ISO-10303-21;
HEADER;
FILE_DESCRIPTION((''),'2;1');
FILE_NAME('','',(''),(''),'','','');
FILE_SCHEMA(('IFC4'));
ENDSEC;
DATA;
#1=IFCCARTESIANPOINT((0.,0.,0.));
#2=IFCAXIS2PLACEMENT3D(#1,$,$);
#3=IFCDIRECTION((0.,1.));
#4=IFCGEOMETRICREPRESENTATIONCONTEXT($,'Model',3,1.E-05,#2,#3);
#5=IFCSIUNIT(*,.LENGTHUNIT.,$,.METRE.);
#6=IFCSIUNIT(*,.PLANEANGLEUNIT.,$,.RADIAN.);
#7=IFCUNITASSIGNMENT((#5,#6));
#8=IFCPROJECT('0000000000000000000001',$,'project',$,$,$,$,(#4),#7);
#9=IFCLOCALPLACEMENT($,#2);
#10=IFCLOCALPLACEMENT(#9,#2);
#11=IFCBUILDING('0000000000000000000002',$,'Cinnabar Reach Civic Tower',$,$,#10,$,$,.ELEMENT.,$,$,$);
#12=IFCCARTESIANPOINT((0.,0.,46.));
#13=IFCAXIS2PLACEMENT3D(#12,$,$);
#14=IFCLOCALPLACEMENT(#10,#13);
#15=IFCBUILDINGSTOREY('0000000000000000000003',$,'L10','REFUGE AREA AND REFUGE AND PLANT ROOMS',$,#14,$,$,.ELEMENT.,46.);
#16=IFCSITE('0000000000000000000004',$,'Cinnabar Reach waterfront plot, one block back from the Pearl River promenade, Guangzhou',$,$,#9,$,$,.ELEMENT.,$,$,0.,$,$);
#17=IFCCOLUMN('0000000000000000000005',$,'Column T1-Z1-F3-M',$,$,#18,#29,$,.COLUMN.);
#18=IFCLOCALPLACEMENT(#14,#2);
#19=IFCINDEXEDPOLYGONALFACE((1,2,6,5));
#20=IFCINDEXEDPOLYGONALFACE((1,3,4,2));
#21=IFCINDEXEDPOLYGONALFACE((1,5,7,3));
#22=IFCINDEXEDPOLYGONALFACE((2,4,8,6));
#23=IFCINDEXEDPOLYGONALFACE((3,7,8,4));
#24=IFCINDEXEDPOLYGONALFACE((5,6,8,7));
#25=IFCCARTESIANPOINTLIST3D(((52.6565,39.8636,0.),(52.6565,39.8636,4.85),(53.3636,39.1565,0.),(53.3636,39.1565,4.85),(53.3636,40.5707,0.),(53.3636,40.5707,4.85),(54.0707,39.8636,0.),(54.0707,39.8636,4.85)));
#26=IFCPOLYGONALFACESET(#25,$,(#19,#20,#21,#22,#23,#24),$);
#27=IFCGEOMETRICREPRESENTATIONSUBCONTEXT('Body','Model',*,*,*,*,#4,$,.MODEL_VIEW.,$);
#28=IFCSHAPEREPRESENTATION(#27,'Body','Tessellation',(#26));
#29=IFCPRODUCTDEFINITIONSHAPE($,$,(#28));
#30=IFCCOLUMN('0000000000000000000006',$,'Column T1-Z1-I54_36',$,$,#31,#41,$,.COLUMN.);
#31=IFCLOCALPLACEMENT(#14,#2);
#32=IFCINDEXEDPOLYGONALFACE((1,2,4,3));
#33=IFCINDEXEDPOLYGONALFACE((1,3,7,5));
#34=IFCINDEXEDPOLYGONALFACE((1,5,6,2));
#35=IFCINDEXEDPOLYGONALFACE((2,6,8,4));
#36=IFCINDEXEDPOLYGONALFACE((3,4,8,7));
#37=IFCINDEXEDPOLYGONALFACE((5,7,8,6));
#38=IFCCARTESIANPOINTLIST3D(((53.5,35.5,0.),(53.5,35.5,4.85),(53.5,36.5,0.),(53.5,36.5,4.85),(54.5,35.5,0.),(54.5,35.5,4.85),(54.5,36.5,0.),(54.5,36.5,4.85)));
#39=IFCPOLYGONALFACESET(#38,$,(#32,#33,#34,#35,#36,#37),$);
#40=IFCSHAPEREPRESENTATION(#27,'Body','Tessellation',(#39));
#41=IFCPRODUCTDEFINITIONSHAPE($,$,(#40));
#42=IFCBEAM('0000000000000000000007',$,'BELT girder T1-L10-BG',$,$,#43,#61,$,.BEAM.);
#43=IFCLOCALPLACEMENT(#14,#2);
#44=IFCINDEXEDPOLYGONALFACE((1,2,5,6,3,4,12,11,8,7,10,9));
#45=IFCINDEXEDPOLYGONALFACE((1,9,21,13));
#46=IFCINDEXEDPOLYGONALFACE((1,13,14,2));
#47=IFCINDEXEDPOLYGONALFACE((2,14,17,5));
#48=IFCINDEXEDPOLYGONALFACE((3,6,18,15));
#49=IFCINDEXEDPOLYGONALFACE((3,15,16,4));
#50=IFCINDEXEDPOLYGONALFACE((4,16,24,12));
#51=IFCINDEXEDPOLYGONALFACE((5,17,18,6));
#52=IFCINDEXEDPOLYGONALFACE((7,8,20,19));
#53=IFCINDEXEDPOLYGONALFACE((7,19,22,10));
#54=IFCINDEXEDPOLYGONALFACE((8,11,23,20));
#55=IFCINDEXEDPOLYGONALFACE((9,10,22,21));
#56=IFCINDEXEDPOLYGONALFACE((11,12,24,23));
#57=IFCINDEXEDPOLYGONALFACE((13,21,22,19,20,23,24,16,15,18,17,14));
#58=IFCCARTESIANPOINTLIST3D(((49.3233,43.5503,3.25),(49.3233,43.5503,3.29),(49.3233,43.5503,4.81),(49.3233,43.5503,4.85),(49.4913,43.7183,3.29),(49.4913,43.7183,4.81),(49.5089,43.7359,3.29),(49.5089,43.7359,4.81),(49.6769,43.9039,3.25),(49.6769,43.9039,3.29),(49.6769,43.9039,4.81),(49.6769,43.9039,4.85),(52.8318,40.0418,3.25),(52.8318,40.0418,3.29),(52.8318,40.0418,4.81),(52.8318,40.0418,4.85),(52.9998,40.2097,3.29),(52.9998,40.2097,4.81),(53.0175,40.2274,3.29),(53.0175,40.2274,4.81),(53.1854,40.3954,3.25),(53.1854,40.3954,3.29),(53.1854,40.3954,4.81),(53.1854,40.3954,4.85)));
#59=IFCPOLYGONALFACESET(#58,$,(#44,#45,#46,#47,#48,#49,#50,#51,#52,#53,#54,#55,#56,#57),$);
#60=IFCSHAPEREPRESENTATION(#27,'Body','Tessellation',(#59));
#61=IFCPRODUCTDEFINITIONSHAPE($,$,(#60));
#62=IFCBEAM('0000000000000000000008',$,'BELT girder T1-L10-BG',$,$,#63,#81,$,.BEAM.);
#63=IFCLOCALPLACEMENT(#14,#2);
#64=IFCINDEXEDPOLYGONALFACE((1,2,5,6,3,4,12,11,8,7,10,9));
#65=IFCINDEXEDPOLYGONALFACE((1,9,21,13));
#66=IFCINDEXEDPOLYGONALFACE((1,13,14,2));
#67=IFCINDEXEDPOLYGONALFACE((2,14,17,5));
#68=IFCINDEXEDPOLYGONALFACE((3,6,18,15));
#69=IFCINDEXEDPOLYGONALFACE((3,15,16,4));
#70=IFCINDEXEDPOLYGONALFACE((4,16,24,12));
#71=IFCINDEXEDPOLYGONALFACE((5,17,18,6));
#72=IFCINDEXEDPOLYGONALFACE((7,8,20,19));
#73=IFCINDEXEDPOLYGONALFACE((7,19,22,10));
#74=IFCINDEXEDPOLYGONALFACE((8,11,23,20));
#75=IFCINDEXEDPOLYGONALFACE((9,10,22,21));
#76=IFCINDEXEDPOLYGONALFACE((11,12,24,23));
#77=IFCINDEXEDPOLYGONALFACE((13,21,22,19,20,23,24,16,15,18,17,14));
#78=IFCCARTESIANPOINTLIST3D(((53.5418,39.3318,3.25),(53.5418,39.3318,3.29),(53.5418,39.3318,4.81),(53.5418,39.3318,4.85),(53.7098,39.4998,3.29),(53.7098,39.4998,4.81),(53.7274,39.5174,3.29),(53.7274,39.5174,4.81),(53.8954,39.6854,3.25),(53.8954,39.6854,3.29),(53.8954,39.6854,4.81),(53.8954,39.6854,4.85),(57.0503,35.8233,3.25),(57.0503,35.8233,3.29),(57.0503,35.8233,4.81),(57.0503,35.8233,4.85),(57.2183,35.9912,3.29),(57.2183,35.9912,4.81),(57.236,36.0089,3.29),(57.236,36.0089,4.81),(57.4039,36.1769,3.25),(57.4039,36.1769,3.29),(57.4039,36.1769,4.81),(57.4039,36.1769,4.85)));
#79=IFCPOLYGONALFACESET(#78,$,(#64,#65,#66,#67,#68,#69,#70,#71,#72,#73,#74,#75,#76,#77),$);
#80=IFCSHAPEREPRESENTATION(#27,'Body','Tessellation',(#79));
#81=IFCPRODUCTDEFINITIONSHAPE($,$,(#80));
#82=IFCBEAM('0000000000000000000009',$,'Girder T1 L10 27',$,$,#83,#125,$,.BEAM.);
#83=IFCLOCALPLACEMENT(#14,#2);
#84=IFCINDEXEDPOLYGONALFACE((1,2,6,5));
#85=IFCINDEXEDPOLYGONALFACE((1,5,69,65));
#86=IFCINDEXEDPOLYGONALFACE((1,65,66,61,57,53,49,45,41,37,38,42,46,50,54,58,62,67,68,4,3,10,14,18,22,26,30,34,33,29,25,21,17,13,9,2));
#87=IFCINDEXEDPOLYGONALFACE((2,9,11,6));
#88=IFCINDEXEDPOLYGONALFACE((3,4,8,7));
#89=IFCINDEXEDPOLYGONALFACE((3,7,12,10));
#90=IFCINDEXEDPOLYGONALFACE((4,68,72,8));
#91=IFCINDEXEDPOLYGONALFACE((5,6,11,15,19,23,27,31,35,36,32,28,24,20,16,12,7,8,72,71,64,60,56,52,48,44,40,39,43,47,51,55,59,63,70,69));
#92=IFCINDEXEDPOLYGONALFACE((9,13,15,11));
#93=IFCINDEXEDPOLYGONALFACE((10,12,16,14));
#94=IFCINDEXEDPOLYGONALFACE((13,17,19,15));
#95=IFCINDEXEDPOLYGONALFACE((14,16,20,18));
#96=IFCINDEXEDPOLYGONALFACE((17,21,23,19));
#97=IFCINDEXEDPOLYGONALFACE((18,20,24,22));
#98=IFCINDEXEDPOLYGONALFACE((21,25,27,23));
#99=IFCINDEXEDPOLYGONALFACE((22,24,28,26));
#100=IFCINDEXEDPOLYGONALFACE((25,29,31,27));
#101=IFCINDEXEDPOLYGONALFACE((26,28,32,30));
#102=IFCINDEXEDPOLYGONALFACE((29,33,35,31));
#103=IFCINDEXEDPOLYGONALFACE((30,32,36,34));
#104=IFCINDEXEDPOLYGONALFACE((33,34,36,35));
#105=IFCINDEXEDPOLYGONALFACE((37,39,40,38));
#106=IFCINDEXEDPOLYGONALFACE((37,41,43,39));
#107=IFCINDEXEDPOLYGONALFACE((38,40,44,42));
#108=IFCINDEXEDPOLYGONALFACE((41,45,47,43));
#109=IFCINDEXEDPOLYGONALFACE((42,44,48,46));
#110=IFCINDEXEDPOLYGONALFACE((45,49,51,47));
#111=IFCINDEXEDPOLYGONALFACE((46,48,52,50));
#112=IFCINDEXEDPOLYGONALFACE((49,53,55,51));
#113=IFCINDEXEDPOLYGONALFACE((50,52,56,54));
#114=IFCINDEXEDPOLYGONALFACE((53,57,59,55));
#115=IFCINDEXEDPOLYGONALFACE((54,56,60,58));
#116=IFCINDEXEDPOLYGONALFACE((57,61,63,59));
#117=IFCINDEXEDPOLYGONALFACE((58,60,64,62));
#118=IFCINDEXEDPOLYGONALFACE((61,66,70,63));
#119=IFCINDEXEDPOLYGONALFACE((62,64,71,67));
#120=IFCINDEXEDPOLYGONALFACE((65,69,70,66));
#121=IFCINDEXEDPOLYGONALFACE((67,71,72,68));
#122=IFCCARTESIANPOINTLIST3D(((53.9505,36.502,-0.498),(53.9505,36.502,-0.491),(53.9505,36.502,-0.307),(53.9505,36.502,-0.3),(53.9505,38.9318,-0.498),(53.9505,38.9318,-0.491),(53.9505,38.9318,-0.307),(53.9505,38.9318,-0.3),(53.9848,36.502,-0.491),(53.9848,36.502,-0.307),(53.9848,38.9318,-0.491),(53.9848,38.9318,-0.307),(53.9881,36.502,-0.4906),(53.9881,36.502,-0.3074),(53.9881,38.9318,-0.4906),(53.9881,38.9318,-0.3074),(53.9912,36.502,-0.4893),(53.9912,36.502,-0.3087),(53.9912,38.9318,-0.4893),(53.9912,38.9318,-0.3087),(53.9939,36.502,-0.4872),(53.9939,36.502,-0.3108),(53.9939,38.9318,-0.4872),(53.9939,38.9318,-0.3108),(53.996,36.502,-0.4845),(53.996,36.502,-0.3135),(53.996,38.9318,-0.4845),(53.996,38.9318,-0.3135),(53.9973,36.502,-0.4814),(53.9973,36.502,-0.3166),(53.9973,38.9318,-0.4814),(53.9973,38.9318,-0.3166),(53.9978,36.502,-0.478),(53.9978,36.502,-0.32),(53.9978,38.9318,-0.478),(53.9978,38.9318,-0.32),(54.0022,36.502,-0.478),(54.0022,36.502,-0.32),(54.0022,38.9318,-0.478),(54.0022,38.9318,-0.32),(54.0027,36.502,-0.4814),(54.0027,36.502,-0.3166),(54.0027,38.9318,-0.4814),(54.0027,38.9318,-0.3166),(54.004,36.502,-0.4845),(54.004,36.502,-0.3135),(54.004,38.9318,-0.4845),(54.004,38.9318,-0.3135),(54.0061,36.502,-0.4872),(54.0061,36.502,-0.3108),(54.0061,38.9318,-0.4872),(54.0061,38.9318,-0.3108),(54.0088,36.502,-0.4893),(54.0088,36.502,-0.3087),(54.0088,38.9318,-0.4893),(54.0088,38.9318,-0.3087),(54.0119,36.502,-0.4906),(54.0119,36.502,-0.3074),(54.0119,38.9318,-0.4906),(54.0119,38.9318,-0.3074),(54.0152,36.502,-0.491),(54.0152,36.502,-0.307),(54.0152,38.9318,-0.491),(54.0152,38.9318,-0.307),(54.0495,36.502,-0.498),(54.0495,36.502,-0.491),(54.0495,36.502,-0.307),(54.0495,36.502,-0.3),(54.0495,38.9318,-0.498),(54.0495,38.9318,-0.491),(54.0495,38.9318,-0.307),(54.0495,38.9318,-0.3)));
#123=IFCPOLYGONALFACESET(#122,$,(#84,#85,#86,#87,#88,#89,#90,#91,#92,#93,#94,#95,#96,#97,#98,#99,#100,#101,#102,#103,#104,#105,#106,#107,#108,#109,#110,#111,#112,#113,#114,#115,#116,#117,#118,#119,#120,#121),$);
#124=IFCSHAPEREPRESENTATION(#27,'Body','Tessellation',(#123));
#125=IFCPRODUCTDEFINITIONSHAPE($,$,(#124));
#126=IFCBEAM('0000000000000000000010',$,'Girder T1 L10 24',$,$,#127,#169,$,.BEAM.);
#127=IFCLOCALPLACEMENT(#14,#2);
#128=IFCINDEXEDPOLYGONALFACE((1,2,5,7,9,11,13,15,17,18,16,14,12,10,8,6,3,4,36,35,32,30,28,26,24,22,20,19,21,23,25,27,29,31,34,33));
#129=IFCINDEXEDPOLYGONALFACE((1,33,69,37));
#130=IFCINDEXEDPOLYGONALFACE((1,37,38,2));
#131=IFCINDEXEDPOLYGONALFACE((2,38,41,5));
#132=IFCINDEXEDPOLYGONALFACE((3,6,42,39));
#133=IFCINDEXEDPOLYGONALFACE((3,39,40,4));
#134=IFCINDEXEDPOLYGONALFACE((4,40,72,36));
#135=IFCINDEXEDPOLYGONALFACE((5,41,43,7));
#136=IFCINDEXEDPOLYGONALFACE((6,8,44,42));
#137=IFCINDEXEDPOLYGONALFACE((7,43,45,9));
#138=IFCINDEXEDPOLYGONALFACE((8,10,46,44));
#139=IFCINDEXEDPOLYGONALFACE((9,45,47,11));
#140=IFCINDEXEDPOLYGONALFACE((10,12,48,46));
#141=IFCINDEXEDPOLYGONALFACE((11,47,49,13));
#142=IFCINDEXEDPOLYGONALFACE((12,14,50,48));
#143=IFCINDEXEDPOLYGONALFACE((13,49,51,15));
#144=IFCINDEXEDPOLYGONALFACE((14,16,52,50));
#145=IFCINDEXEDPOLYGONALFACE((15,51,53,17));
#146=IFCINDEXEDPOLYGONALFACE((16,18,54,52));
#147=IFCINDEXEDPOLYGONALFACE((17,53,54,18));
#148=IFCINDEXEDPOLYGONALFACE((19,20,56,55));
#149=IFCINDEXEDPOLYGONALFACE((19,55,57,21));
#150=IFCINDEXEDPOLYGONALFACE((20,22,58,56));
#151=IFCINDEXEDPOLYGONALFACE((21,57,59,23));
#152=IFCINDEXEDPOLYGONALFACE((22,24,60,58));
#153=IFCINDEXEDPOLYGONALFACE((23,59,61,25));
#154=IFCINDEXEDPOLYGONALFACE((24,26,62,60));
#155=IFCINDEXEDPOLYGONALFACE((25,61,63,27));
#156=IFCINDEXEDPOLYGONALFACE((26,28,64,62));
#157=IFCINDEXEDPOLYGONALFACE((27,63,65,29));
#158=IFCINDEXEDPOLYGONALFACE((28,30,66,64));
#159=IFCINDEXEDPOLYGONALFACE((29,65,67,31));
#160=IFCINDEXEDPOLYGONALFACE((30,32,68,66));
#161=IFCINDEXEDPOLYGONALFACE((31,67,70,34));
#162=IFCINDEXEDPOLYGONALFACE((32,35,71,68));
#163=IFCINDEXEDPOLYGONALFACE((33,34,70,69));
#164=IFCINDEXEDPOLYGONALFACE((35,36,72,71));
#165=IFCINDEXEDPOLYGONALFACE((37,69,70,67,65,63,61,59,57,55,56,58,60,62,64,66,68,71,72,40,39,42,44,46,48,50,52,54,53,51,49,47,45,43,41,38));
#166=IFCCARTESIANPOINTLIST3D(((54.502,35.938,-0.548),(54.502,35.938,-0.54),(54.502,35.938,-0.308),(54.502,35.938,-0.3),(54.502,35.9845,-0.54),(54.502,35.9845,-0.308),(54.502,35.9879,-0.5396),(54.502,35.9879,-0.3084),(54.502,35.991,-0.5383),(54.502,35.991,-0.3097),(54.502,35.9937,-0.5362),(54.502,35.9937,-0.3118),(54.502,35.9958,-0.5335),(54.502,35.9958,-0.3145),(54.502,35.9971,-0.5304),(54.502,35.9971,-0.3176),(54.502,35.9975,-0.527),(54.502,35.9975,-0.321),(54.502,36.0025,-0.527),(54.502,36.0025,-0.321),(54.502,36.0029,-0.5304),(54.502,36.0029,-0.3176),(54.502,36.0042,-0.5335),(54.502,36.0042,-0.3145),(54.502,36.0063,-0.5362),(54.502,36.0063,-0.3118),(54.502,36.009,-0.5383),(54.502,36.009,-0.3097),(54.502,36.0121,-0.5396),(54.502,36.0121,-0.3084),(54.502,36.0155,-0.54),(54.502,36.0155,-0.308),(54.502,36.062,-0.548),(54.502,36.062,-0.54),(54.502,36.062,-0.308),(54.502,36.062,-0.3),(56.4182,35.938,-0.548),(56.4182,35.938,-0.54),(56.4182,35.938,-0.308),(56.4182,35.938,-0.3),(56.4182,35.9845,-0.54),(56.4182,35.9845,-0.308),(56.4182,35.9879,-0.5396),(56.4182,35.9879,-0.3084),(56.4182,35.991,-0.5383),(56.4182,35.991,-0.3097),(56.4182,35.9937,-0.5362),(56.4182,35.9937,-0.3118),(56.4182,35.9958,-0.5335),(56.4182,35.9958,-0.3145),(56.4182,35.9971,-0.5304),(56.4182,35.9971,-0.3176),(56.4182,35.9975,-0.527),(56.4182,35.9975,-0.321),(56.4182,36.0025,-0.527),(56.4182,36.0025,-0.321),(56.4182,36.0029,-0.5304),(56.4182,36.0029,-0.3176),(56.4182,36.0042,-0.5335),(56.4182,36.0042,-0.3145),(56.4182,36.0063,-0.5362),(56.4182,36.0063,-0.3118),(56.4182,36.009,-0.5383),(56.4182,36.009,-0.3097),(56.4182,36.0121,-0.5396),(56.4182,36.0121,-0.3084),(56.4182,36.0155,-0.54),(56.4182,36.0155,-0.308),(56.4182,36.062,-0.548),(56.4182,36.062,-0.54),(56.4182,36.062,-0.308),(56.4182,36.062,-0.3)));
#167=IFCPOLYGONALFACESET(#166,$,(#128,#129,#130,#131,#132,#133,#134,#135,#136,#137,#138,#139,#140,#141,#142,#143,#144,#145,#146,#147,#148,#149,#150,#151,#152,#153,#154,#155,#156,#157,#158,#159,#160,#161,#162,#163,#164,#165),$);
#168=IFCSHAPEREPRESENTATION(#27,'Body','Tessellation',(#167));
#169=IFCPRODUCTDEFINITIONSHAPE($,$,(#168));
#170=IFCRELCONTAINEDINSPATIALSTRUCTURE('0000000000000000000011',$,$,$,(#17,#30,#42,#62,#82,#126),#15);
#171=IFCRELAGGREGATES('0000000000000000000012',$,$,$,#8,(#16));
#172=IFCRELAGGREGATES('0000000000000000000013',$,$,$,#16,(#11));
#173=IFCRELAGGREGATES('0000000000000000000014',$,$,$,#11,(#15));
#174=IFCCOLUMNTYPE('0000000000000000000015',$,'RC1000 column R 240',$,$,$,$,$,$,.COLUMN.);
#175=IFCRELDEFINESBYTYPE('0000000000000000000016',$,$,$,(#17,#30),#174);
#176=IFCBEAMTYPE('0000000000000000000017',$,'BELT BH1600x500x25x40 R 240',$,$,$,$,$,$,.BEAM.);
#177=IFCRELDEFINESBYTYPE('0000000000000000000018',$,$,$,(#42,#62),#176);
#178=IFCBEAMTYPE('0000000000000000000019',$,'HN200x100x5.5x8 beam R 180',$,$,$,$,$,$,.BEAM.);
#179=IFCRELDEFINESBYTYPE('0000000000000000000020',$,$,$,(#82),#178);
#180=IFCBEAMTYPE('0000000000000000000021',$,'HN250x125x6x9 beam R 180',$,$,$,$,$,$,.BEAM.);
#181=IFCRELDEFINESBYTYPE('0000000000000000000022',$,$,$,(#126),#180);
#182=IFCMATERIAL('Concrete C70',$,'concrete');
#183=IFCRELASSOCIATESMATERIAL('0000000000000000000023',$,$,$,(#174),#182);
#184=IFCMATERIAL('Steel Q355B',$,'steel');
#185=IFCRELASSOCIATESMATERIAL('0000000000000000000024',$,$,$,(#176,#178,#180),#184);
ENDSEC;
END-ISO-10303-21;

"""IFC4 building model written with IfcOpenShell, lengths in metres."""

from ifc_helpers import new_model, si_unit, direction, frame, origin, origin_2d, place, context, subcontext, project, spatial, rectangle, i_section, extrude, material, material_profile, profile_set, type_object, element, save


model = new_model("IFC4")

# Units and contexts
model_context = context("Model", 3, precision=1e-05, world=origin(), true_north=direction((0.0, 1.0)))
body_context = subcontext(model_context, "Body", "Model", "MODEL_VIEW")
ifc_project = project(units=[si_unit("LENGTHUNIT", "METRE"), si_unit("PLANEANGLEUNIT", "RADIAN")], contexts=[model_context])

# Site, building, storey
site_placement = place(None, origin())
site = spatial("IfcSite", under=ifc_project, at=site_placement, Name="Cinnabar Reach waterfront plot, one block back from the Pearl River promenade, Guangzhou", CompositionType="ELEMENT", RefElevation=0.0)
building_placement = place(site_placement, origin())
building = spatial("IfcBuilding", under=site, at=building_placement, Name="Cinnabar Reach Civic Tower", CompositionType="ELEMENT")
storey_placement = place(building_placement, frame((0.0, 0.0, 46.0)))
storey = spatial("IfcBuildingStorey", under=building, at=storey_placement, Name="L10", Description="REFUGE AREA AND REFUGE AND PLANT ROOMS", CompositionType="ELEMENT", Elevation=46.0)

# Columns
ifc_material_1 = material(Name="Concrete C70", Category="concrete")
ifc_material_profile_1 = material_profile(ifc_material_1, rectangle(XDim=1.0, YDim=1.0, at=origin_2d()), Name="RC1000")
ifc_profile_set_1 = profile_set([ifc_material_profile_1], Name="Concrete C70")
column_type = type_object("IfcColumnType", Name="RC1000 column R 240", PredefinedType="COLUMN", material=ifc_profile_set_1)
for number, where, z_axis, x_axis, name in (
    (1, (53.3636, 39.8636, 0.0), (0.0, 0.0, 1.0), (0.707107, 0.707107, 0.0), "Column T1-Z1-F3-M"),
    (2, (54.0, 36.0, 0.0), (0.0, 0.0, 1.0), (1.0, 0.0, 0.0), "Column T1-Z1-I54_36"),
):
    element("IfcColumn", number, at=place(storey_placement, frame(where, z_axis=z_axis, x_axis=x_axis)), inside=storey, type_object=column_type, Name=name, PredefinedType="COLUMN", context=body_context, shape_type="SweptSolid", body=[
        extrude(rectangle(XDim=1.0, YDim=1.0, at=origin_2d()), origin(), (0.0, 0.0, 1.0), 4.85),
    ])

# Beams
ifc_material_2 = material(Name="Steel Q355B", Category="steel")
ifc_material_profile_2 = material_profile(ifc_material_2, i_section(OverallWidth=0.5, OverallDepth=1.6, WebThickness=0.025, FlangeThickness=0.04, at=origin_2d()), Name="BH1600x500x25x40")
ifc_profile_set_2 = profile_set([ifc_material_profile_2], Name="Steel Q355B")
beam_type_1 = type_object("IfcBeamType", Name="BELT BH1600x500x25x40 R 240", PredefinedType="BEAM", material=ifc_profile_set_2)
for number, where, z_axis, x_axis, name in (
    (3, (49.5001, 43.7271, 4.05), (0.707107, -0.707107, 0.0), (0.707107, 0.707107, 0.0), "BELT girder T1-L10-BG"),
    (4, (53.7186, 39.5086, 4.05), (0.707107, -0.707107, 0.0), (0.707107, 0.707107, 0.0), "BELT girder T1-L10-BG"),
):
    element("IfcBeam", number, at=place(storey_placement, frame(where, z_axis=z_axis, x_axis=x_axis)), inside=storey, type_object=beam_type_1, Name=name, PredefinedType="BEAM", context=body_context, shape_type="SweptSolid", body=[
        extrude(i_section(OverallWidth=0.5, OverallDepth=1.6, WebThickness=0.025, FlangeThickness=0.04, at=origin_2d()), origin(), (0.0, 0.0, 1.0), 4.9618),
    ])
ifc_material_profile_3 = material_profile(ifc_material_2, i_section(OverallWidth=0.099, OverallDepth=0.198, WebThickness=0.0045, FlangeThickness=0.007, FilletRadius=0.013, at=origin_2d()), Name="HN200x100x5.5x8")
ifc_profile_set_3 = profile_set([ifc_material_profile_3], Name="Steel Q355B")
beam_type_2 = type_object("IfcBeamType", Name="HN200x100x5.5x8 beam R 180", PredefinedType="BEAM", material=ifc_profile_set_3)
beam_1_placement = place(storey_placement, frame((54.0, 36.502, -0.399), z_axis=(0.0, 1.0, 0.0), x_axis=(-1.0, 0.0, 0.0)))
element("IfcBeam", 5, at=beam_1_placement, inside=storey, type_object=beam_type_2, Name="Girder T1 L10 27", PredefinedType="BEAM", context=body_context, shape_type="SweptSolid", body=[
    extrude(i_section(OverallWidth=0.099, OverallDepth=0.198, WebThickness=0.0045, FlangeThickness=0.007, FilletRadius=0.013, at=origin_2d()), origin(), (0.0, 0.0, 1.0), 2.4298),
])
ifc_material_profile_4 = material_profile(ifc_material_2, i_section(OverallWidth=0.124, OverallDepth=0.248, WebThickness=0.005, FlangeThickness=0.008, FilletRadius=0.013, at=origin_2d()), Name="HN250x125x6x9")
ifc_profile_set_4 = profile_set([ifc_material_profile_4], Name="Steel Q355B")
beam_type_3 = type_object("IfcBeamType", Name="HN250x125x6x9 beam R 180", PredefinedType="BEAM", material=ifc_profile_set_4)
beam_2_placement = place(storey_placement, frame((54.502, 36.0, -0.424), z_axis=(1.0, 0.0, 0.0), x_axis=(0.0, 1.0, 0.0)))
element("IfcBeam", 6, at=beam_2_placement, inside=storey, type_object=beam_type_3, Name="Girder T1 L10 24", PredefinedType="BEAM", context=body_context, shape_type="SweptSolid", body=[
    extrude(i_section(OverallWidth=0.124, OverallDepth=0.248, WebThickness=0.005, FlangeThickness=0.008, FilletRadius=0.013, at=origin_2d()), origin(), (0.0, 0.0, 1.0), 1.9162),
])

save(model, "model.ifc")
